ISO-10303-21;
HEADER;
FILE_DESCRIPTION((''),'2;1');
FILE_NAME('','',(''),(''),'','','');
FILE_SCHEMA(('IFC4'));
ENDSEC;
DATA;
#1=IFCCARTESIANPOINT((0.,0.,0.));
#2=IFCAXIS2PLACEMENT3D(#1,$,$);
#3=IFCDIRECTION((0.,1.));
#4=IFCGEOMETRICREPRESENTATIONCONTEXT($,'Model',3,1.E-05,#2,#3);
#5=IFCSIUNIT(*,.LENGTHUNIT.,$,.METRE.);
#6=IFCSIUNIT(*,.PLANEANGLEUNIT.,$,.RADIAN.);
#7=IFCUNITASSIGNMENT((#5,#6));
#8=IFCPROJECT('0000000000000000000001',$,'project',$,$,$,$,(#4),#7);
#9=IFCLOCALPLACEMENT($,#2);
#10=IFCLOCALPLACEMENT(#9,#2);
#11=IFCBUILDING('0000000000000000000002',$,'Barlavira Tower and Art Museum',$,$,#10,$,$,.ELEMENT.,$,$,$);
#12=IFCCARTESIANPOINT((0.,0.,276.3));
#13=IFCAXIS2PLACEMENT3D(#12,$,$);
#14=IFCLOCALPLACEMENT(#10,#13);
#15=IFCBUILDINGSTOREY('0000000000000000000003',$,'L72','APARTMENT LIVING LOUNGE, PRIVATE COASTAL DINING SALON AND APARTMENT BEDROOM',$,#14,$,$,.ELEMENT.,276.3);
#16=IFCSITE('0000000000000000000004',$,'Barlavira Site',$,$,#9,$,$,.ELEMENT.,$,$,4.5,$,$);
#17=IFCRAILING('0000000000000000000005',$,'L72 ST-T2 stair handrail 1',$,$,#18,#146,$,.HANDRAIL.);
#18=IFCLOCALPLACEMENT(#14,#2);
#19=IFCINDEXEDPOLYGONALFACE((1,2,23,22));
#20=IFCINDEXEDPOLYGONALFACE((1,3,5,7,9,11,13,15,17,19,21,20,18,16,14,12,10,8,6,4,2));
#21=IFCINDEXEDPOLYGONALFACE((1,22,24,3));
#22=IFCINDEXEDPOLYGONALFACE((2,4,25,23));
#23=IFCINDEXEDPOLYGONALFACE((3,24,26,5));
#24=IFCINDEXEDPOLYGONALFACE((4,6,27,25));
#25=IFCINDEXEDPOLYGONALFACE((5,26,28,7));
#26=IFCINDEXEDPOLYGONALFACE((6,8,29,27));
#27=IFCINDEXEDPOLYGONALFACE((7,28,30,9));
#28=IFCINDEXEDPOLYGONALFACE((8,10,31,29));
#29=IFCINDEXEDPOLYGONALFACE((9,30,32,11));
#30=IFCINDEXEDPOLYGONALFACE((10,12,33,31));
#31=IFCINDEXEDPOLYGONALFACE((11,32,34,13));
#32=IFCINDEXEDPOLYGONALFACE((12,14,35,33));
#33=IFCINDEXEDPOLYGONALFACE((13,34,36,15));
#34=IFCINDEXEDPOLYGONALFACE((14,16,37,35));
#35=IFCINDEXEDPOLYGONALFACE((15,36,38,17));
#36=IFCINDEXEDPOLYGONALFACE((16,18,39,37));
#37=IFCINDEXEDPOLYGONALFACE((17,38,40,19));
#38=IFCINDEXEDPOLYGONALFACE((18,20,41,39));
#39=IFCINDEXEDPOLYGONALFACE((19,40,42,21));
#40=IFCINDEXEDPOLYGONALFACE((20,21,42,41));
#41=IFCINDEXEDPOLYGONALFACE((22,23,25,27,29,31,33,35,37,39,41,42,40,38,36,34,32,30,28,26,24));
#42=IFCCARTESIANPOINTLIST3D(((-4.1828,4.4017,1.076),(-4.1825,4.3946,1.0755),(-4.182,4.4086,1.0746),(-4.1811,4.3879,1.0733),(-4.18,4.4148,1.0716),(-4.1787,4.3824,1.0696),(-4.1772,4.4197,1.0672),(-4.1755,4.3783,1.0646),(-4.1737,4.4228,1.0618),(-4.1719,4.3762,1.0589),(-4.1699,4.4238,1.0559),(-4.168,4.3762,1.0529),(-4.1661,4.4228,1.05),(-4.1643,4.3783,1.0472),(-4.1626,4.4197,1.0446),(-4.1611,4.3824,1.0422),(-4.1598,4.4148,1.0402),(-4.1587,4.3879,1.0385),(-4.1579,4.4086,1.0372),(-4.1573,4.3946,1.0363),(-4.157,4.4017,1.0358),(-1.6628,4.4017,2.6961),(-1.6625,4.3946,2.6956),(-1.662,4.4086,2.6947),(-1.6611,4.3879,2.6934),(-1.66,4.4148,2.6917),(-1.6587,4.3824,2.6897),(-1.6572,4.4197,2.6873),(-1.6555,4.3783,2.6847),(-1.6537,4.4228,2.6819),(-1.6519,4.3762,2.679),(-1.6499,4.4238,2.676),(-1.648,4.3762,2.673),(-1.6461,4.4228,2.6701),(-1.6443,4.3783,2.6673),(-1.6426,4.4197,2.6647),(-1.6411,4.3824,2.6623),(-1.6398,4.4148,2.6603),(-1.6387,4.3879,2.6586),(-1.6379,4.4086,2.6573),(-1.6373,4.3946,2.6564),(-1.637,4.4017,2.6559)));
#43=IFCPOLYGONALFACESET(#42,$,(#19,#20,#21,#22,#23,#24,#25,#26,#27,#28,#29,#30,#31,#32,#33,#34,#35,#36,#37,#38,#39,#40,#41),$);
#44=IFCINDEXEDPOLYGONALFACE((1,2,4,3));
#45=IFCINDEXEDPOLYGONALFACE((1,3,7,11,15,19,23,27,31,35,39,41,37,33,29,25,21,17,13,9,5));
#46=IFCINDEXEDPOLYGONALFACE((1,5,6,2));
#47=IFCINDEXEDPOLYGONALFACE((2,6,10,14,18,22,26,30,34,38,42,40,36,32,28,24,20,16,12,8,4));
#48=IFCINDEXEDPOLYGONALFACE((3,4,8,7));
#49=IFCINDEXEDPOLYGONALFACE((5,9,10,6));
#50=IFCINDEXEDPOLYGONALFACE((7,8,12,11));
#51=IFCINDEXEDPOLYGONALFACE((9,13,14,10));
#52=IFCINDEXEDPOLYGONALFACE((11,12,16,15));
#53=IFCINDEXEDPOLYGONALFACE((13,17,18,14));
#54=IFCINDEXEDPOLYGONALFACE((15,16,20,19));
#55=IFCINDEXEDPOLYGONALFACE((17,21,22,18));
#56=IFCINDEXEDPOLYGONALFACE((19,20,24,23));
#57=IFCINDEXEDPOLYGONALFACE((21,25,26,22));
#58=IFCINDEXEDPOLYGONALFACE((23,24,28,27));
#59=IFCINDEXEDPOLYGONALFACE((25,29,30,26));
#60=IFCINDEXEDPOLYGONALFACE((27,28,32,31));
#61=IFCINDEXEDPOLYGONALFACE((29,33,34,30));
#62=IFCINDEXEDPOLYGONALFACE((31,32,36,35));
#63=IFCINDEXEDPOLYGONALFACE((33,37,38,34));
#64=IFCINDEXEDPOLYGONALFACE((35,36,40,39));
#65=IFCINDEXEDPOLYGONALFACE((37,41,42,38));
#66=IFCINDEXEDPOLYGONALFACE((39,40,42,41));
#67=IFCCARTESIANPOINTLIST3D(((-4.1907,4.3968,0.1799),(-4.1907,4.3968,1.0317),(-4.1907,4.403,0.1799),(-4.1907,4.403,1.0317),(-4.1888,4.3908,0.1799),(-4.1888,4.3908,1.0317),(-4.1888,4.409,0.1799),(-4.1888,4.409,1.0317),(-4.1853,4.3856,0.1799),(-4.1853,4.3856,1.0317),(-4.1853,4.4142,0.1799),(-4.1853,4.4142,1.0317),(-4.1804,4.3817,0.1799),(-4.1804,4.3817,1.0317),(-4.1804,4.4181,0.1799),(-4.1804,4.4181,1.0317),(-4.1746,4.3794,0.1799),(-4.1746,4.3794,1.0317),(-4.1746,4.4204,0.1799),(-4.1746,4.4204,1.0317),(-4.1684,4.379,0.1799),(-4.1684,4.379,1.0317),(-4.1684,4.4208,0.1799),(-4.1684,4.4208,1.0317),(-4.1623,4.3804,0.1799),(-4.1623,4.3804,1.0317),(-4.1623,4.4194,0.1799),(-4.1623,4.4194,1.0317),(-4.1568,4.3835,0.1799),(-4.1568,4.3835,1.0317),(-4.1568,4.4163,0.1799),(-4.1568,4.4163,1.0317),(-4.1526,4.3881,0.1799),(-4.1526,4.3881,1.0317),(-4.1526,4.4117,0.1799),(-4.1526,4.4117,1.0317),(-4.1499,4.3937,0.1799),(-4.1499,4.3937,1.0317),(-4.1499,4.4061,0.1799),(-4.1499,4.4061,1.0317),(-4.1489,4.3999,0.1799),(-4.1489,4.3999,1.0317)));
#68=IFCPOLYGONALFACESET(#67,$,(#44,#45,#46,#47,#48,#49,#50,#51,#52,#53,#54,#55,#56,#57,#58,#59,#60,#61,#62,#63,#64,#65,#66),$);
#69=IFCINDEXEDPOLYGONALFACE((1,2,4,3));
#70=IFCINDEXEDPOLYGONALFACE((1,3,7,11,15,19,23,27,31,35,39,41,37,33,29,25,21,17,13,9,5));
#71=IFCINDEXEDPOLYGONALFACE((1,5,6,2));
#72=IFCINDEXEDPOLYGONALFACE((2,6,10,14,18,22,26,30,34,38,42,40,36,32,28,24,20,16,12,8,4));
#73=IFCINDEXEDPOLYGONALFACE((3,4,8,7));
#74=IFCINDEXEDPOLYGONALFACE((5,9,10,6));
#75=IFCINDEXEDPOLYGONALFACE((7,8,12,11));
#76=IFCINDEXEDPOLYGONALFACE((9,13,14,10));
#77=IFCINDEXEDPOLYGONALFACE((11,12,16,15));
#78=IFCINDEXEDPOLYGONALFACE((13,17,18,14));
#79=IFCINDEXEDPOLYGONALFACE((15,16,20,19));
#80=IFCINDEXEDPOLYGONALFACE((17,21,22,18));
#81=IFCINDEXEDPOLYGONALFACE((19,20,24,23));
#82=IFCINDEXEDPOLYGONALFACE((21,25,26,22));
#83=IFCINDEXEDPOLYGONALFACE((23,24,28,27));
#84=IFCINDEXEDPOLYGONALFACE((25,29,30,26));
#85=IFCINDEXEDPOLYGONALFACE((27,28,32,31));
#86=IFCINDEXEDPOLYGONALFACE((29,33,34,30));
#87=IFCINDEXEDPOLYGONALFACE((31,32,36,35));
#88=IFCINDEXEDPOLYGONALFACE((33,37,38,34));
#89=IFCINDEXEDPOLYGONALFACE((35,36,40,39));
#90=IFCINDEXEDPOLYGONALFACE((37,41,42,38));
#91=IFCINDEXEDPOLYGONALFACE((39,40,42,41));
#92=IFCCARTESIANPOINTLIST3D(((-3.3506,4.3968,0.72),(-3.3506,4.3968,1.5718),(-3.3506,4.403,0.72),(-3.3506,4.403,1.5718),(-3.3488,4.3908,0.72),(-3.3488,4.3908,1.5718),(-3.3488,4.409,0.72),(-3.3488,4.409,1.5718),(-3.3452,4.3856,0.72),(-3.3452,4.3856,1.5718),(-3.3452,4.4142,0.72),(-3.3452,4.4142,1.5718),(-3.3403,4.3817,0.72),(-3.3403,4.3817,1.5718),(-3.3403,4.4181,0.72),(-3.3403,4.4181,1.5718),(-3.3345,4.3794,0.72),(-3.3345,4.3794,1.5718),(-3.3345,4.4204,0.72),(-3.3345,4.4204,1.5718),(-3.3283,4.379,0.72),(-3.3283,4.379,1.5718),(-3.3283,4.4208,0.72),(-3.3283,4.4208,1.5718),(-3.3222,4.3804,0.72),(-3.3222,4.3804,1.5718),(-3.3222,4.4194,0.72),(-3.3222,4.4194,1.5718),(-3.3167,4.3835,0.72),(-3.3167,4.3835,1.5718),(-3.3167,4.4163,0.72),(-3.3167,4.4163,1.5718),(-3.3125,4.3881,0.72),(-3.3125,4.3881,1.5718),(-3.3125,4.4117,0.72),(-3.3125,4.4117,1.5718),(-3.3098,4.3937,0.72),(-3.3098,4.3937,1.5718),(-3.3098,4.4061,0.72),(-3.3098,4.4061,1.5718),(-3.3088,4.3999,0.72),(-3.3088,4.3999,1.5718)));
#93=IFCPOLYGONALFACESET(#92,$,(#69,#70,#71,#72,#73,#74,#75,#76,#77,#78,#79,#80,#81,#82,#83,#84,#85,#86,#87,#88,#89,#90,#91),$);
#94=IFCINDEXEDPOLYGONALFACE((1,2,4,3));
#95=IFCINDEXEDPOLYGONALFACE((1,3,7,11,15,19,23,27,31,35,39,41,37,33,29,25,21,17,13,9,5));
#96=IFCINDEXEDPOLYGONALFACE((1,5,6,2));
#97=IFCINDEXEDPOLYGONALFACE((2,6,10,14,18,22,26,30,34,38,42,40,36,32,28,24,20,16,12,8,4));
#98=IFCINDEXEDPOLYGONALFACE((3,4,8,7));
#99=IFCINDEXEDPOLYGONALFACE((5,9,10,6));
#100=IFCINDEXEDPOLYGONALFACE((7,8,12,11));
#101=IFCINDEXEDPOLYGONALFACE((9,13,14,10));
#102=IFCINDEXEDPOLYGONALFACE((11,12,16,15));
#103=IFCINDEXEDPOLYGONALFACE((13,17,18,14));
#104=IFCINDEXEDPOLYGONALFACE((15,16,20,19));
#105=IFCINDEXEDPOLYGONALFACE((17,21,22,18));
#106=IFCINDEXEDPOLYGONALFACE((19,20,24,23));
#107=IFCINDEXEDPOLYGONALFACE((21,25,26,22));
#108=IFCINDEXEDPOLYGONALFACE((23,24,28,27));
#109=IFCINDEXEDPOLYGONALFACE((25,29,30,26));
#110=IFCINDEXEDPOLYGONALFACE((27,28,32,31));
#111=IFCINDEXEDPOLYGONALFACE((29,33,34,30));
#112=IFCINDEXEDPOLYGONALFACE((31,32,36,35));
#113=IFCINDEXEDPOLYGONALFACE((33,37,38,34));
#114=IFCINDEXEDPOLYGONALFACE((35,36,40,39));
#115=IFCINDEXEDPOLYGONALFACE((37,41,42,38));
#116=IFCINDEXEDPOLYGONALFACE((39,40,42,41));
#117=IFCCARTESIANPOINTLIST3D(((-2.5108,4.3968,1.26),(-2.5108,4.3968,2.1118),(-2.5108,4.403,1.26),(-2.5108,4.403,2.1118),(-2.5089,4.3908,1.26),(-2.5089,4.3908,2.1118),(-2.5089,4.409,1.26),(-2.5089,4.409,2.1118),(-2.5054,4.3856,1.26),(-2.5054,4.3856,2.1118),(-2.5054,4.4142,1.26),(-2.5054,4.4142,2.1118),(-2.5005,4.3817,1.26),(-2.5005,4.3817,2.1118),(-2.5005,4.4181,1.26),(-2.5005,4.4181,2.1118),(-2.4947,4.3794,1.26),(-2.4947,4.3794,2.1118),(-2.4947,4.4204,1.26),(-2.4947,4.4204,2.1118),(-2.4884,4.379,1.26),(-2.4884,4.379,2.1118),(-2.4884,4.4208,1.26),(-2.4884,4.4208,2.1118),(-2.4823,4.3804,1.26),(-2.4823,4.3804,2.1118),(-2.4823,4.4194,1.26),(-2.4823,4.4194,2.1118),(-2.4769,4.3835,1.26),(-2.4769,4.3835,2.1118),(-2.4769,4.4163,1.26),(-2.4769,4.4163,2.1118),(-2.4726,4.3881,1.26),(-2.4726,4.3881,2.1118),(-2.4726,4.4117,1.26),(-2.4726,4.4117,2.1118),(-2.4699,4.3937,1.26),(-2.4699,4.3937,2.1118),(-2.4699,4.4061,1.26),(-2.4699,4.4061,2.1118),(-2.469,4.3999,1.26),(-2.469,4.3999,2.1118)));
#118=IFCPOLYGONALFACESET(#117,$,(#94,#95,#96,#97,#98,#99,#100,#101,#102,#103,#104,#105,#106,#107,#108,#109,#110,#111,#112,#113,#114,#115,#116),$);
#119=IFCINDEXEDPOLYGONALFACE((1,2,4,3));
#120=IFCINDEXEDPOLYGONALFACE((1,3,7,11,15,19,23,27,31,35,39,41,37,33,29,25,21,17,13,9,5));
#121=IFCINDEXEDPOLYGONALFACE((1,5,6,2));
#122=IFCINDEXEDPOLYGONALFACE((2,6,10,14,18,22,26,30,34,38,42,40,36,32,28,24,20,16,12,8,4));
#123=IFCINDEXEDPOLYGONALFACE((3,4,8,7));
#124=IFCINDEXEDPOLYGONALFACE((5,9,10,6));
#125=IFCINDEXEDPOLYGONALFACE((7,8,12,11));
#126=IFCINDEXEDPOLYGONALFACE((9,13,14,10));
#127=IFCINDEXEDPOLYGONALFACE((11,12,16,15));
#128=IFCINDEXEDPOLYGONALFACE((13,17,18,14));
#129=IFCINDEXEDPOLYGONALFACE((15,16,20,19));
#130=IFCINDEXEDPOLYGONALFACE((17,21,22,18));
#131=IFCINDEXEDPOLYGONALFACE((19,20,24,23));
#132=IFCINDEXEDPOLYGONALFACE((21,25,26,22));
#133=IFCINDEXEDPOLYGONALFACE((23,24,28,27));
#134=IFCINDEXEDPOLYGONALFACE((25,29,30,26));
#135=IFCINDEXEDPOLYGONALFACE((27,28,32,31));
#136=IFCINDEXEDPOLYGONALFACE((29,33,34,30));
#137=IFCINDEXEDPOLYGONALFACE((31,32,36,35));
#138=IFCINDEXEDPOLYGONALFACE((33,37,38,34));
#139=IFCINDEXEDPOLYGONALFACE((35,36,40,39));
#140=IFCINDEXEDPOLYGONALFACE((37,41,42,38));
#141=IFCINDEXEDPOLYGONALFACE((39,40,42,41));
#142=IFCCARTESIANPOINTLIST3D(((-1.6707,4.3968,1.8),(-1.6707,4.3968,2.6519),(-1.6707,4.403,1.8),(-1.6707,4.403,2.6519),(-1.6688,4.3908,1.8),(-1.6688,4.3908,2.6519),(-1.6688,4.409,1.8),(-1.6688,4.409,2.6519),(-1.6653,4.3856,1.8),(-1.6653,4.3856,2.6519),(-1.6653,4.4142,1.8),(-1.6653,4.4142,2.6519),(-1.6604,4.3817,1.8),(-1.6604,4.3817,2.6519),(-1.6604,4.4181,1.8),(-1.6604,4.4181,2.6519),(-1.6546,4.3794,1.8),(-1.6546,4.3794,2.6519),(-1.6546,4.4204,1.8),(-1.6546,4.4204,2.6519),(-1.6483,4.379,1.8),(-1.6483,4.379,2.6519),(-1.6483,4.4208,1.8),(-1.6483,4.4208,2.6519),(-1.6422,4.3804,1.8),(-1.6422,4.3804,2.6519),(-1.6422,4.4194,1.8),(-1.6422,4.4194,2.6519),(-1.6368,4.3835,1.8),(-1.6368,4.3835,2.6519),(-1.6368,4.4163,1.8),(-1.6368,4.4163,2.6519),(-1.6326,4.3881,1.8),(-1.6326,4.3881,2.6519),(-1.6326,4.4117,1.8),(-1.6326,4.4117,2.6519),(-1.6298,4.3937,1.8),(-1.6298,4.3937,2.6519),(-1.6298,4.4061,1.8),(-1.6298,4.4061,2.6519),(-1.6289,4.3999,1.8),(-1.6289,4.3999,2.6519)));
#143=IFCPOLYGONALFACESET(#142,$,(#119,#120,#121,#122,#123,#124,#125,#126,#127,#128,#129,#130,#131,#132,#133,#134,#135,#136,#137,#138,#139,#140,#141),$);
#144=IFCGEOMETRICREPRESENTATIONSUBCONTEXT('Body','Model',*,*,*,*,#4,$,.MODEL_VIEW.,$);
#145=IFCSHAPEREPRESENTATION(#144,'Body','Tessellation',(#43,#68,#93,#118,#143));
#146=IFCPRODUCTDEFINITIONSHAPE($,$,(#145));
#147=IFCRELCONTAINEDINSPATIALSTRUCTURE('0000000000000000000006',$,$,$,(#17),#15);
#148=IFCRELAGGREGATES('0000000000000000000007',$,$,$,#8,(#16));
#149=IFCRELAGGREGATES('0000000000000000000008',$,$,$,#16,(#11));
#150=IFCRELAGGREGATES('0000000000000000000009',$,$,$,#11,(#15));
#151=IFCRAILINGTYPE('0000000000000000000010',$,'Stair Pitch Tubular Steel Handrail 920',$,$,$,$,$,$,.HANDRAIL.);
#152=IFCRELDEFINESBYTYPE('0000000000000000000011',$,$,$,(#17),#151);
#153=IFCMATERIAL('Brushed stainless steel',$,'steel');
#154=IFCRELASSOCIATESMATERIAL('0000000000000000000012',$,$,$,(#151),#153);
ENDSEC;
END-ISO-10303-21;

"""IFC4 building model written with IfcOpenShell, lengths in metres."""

from ifc_helpers import new_model, si_unit, direction, frame, origin, origin_2d, place, context, subcontext, project, spatial, circle, extrude, material, type_object, element, save


model = new_model("IFC4")

# Units and contexts
model_context = context("Model", 3, precision=1e-05, world=origin(), true_north=direction((0.0, 1.0)))
body_context = subcontext(model_context, "Body", "Model", "MODEL_VIEW")
ifc_project = project(units=[si_unit("LENGTHUNIT", "METRE"), si_unit("PLANEANGLEUNIT", "RADIAN")], contexts=[model_context])

# Site, building, storey
site_placement = place(None, origin())
site = spatial("IfcSite", under=ifc_project, at=site_placement, Name="Barlavira Site", CompositionType="ELEMENT", RefElevation=4.5)
building_placement = place(site_placement, origin())
building = spatial("IfcBuilding", under=site, at=building_placement, Name="Barlavira Tower and Art Museum", CompositionType="ELEMENT")
storey_placement = place(building_placement, frame((0.0, 0.0, 276.3)))
storey = spatial("IfcBuildingStorey", under=building, at=storey_placement, Name="L72", Description="APARTMENT LIVING LOUNGE, PRIVATE COASTAL DINING SALON AND APARTMENT BEDROOM", CompositionType="ELEMENT", Elevation=276.3)

# Shared definitions
ifc_material_1 = material(Name="Brushed stainless steel", Category="steel")

# Railing
railing_type_1 = type_object("IfcRailingType", Name="Stair Pitch Tubular Steel Handrail 920", PredefinedType="HANDRAIL", material=ifc_material_1)
railing_1_placement = place(storey_placement, frame((-4.1699, 4.3999, 0.1799)))
element("IfcRailing", 1, at=railing_1_placement, inside=storey, type_object=railing_type_1, Name="L72 ST-T2 stair handrail 1", PredefinedType="HANDRAIL", context=body_context, shape_type="SweptSolid", body=[
    extrude(circle(Radius=0.0239, at=origin_2d()), frame((0.0, 0.0, 0.876), z_axis=(0.841163, 0.0, 0.540782), x_axis=(0.0, 1.0, 0.0)), (0.0, 0.0, 1.0), 2.9958),
    extrude(circle(Radius=0.021, at=origin_2d()), origin(), (0.0, 0.0, 1.0), 0.8518),
    extrude(circle(Radius=0.021, at=origin_2d()), frame((0.8401, 0.0, 0.54)), (0.0, 0.0, 1.0), 0.8518),
    extrude(circle(Radius=0.021, at=origin_2d()), frame((1.6799, 0.0, 1.0801)), (0.0, 0.0, 1.0), 0.8518),
    extrude(circle(Radius=0.021, at=origin_2d()), frame((2.52, 0.0, 1.6201)), (0.0, 0.0, 1.0), 0.8518),
])

save(model, "model.ifc")
